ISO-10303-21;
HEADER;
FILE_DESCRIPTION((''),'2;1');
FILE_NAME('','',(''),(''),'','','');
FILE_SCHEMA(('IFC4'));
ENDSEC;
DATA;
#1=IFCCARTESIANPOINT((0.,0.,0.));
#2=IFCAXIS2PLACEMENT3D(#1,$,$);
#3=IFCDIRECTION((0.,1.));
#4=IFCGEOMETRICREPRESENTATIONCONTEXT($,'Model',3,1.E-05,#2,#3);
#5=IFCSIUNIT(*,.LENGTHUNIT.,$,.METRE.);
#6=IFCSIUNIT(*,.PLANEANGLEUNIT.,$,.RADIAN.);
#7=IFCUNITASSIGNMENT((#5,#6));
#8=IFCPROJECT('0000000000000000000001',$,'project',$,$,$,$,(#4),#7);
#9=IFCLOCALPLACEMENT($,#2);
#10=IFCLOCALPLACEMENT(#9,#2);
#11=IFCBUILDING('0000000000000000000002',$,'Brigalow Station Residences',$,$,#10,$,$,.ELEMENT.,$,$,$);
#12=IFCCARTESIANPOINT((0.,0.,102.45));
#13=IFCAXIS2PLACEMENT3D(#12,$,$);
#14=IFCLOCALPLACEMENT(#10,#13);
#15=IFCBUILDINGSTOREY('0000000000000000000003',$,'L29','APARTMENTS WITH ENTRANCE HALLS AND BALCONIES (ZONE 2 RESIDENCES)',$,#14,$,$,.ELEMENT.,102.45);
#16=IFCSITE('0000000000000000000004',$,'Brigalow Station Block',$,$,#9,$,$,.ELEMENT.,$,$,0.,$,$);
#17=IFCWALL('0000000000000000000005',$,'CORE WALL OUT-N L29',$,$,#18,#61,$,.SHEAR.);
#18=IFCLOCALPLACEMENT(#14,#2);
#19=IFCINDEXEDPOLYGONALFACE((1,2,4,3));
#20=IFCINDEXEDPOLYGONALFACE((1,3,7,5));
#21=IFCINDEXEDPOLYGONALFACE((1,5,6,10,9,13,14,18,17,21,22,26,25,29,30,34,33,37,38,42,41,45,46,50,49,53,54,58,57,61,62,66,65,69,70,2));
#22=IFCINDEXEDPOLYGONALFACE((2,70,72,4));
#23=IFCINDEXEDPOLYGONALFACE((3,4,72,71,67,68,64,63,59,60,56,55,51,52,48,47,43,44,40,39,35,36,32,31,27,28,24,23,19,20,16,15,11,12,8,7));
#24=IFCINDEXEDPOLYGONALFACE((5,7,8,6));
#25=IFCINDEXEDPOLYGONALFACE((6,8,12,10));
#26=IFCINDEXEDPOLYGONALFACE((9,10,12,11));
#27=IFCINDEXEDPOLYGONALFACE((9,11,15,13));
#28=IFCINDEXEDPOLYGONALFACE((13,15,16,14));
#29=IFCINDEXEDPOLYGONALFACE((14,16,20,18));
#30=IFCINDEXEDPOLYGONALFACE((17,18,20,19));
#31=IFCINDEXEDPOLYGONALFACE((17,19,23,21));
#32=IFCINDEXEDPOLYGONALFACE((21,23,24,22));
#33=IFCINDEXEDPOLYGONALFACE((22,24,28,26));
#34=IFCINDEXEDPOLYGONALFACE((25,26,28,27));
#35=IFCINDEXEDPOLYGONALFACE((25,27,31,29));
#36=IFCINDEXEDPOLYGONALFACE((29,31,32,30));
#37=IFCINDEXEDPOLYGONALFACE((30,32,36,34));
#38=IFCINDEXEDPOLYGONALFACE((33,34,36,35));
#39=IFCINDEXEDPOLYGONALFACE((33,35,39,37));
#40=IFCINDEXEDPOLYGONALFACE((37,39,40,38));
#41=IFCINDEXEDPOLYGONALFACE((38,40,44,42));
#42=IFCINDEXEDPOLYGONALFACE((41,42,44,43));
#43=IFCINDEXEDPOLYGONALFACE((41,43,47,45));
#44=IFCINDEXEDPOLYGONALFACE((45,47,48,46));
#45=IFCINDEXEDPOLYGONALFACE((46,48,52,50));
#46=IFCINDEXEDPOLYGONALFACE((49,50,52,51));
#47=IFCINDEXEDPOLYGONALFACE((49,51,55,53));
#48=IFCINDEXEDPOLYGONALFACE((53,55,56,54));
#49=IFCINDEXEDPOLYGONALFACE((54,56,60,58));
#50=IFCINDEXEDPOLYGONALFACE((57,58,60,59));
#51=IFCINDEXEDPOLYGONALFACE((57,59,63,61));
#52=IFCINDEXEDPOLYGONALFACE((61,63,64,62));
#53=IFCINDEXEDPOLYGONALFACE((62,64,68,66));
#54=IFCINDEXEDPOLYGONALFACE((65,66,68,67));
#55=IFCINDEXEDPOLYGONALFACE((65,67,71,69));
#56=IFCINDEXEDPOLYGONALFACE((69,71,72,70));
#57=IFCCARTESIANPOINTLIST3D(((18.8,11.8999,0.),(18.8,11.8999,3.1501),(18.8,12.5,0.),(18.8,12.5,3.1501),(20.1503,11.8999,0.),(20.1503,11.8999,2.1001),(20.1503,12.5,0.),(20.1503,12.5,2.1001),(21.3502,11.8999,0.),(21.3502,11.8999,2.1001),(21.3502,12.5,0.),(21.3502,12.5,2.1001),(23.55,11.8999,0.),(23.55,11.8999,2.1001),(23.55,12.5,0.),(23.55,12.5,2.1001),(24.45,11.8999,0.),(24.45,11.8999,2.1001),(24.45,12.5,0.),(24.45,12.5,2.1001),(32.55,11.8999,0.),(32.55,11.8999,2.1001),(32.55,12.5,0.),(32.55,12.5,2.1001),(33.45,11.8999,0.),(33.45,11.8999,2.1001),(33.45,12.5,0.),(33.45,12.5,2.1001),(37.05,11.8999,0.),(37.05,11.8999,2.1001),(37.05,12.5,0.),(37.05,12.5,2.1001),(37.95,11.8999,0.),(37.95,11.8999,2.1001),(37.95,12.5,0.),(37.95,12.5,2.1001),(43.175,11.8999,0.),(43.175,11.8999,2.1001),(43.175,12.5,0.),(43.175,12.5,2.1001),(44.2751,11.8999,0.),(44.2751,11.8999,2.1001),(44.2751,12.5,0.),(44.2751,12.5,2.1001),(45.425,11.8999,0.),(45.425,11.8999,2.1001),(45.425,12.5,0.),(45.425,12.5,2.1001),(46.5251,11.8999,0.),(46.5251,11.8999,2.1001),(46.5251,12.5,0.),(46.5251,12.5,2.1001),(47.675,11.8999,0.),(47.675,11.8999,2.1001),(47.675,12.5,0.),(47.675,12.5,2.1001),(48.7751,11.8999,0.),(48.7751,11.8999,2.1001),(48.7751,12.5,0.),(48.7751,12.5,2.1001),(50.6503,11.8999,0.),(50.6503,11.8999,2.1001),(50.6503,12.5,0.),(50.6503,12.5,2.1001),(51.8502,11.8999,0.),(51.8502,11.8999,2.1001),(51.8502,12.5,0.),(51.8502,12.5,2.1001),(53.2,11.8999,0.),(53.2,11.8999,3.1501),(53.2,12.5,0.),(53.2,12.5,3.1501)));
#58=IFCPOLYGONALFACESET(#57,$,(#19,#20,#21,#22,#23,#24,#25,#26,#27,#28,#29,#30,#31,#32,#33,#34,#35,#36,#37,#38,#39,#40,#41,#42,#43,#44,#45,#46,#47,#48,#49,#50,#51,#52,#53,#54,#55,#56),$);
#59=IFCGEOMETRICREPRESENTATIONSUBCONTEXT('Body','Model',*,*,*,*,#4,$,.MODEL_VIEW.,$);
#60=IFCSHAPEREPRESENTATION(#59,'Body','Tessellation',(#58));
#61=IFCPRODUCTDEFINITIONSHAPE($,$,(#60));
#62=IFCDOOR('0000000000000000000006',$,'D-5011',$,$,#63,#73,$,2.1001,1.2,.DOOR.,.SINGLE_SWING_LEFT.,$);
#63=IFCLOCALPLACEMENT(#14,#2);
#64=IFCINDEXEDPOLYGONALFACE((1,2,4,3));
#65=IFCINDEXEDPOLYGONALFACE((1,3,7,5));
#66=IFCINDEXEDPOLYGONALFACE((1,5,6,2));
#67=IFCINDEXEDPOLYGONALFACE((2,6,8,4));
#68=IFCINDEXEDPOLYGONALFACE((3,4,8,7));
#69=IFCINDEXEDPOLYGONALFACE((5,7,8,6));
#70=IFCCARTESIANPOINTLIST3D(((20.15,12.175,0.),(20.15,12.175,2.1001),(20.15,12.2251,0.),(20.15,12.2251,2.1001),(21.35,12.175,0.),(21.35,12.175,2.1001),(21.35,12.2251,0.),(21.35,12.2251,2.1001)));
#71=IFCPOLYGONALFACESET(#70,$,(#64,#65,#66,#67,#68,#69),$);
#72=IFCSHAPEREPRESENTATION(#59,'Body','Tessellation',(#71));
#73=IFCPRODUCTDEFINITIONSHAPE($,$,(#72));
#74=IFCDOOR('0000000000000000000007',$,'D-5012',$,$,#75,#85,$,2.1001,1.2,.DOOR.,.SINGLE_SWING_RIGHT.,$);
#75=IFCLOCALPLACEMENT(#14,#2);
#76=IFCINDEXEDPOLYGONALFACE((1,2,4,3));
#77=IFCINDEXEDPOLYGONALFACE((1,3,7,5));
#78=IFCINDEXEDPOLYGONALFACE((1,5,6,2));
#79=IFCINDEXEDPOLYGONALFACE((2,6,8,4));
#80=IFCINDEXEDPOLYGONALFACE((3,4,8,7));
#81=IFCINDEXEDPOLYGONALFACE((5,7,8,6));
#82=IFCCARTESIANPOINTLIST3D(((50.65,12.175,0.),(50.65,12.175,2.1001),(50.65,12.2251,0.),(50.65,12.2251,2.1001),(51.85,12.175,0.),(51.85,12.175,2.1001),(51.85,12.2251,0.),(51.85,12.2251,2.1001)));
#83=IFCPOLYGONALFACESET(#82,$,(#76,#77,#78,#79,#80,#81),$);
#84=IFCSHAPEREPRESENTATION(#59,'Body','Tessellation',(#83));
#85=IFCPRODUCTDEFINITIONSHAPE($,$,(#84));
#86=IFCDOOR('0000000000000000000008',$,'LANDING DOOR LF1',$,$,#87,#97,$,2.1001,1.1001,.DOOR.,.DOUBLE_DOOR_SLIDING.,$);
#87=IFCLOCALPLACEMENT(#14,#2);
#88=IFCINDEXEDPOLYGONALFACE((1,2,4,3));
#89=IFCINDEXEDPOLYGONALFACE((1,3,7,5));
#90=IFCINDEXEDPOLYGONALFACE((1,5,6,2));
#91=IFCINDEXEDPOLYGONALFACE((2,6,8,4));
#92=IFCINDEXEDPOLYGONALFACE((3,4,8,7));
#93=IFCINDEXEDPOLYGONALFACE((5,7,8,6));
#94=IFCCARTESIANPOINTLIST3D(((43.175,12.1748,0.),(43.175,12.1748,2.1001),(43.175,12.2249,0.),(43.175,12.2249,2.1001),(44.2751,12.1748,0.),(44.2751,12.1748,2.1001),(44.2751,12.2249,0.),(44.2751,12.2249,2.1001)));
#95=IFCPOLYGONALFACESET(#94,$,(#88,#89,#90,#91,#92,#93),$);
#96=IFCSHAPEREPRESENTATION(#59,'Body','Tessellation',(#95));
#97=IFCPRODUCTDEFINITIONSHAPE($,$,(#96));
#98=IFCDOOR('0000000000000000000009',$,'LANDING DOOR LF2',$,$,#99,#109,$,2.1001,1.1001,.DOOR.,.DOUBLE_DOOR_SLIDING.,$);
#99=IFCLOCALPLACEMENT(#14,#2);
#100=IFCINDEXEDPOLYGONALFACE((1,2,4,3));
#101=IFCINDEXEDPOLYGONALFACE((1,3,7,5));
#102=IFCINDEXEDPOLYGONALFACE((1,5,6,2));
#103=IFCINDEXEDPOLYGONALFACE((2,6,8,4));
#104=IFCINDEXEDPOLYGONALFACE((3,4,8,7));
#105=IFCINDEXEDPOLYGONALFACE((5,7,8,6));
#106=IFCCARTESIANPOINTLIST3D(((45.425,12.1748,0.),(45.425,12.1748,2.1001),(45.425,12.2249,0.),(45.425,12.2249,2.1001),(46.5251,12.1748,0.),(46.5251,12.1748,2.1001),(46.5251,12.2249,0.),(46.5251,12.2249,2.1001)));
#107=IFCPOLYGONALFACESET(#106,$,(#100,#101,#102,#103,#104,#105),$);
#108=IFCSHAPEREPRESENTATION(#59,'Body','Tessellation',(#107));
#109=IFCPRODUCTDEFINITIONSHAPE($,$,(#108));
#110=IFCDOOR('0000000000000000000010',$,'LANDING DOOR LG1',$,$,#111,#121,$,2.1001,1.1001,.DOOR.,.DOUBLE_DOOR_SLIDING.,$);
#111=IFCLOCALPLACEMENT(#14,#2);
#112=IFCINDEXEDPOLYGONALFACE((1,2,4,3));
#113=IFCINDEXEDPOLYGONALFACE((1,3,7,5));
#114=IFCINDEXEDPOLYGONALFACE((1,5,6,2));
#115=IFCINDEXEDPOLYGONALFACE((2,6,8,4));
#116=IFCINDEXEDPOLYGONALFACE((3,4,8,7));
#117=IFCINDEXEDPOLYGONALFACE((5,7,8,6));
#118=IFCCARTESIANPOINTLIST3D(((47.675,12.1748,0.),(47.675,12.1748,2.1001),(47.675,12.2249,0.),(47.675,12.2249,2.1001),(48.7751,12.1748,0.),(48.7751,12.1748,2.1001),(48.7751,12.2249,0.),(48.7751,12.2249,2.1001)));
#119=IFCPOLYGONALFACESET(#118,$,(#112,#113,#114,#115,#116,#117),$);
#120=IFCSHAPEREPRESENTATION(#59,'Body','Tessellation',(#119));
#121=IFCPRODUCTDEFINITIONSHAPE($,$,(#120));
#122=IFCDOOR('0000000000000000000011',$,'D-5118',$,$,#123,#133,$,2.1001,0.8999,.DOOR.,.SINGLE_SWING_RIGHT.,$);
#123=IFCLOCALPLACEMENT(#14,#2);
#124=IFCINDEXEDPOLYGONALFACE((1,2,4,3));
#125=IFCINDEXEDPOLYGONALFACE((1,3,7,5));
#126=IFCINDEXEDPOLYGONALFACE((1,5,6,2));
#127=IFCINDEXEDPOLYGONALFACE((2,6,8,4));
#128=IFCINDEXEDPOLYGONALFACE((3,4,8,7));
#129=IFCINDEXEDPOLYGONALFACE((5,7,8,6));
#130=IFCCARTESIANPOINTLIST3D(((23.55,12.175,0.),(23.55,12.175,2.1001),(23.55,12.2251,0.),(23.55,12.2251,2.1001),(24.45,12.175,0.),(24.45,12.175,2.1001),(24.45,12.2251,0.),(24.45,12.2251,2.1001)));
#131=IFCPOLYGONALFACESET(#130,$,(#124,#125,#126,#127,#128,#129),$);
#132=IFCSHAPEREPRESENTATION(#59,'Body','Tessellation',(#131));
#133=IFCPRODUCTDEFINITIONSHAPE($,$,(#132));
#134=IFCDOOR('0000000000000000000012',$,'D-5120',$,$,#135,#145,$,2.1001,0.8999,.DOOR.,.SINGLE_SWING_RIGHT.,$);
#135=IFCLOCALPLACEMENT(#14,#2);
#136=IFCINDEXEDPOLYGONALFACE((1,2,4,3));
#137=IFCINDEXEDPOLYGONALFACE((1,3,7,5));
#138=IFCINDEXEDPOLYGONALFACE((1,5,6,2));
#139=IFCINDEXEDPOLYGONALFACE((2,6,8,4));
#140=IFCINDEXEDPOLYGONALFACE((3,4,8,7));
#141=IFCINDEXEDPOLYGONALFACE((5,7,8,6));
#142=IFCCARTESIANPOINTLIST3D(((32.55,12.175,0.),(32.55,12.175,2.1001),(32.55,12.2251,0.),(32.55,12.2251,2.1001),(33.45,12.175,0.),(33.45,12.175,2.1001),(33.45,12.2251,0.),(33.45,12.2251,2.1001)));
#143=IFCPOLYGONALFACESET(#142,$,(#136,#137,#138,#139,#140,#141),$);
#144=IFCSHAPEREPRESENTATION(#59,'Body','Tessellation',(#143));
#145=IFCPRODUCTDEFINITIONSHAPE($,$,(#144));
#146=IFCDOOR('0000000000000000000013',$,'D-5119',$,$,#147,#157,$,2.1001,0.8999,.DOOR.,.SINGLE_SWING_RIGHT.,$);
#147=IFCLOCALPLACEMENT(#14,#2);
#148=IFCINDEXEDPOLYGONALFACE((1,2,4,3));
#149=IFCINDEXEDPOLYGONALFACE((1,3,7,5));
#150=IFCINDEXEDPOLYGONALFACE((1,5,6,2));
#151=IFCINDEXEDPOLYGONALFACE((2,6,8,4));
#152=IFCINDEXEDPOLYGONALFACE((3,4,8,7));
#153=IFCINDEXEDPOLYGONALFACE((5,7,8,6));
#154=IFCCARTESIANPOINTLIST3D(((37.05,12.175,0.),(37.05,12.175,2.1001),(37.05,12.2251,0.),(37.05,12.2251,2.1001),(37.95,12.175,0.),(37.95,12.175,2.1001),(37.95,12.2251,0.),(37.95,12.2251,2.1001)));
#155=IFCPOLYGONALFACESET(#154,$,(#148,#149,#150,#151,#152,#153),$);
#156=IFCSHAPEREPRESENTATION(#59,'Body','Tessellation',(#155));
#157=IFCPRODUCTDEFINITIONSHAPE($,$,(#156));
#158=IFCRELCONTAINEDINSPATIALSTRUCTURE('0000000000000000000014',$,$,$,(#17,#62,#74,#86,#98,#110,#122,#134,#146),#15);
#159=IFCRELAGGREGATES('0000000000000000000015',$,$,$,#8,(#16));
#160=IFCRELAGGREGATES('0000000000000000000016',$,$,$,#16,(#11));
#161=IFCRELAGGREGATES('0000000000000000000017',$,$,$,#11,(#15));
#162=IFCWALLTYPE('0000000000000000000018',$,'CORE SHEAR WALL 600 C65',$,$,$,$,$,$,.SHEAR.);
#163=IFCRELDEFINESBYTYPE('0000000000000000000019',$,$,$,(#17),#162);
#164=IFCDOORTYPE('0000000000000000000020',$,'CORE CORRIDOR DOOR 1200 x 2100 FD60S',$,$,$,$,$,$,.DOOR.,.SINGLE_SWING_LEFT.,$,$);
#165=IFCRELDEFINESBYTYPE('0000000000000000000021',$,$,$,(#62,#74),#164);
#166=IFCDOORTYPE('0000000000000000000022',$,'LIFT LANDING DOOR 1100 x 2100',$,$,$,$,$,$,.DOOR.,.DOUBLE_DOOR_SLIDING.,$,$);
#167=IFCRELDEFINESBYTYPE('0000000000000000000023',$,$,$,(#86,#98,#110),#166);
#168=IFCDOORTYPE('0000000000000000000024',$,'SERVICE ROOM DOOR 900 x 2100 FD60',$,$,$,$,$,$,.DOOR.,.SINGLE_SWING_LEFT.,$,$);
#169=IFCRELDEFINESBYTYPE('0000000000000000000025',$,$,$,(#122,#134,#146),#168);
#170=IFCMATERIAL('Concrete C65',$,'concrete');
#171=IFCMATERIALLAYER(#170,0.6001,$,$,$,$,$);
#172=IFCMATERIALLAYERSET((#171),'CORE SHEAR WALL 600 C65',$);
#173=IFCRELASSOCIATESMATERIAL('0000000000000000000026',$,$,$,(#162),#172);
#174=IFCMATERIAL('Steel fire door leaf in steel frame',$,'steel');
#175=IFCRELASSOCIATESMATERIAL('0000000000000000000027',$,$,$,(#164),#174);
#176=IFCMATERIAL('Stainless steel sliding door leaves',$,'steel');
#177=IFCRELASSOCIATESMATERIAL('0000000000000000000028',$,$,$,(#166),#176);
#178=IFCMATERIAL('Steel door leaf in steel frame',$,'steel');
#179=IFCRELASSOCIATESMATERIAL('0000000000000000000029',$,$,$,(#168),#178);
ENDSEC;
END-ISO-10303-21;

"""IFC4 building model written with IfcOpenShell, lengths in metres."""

from ifc_helpers import new_model, si_unit, direction, frame, frame_2d, origin, place, context, subcontext, project, spatial, rectangle, extrude, material, layer, layer_set, type_object, element, fill, save


model = new_model("IFC4")

# Units and contexts
model_context = context("Model", 3, precision=1e-05, world=origin(), true_north=direction((0.0, 1.0)))
body_context = subcontext(model_context, "Body", "Model", "MODEL_VIEW")
ifc_project = project(units=[si_unit("LENGTHUNIT", "METRE"), si_unit("PLANEANGLEUNIT", "RADIAN")], contexts=[model_context])

# Site, building, storey
site_placement = place(None, origin())
site = spatial("IfcSite", under=ifc_project, at=site_placement, Name="Brigalow Station Block", CompositionType="ELEMENT", RefElevation=0.0)
building_placement = place(site_placement, origin())
building = spatial("IfcBuilding", under=site, at=building_placement, Name="Brigalow Station Residences", CompositionType="ELEMENT")
storey_placement = place(building_placement, frame((0.0, 0.0, 102.45)))
storey = spatial("IfcBuildingStorey", under=building, at=storey_placement, Name="L29", Description="APARTMENTS WITH ENTRANCE HALLS AND BALCONIES (ZONE 2 RESIDENCES)", CompositionType="ELEMENT", Elevation=102.45)

# Wall, openings, doors
ifc_material_1 = material(Name="Concrete C65", Category="concrete")
ifc_layer_1 = layer(ifc_material_1, 0.6001)
ifc_layer_set_1 = layer_set([ifc_layer_1], Name="CORE SHEAR WALL 600 C65")
wall_type_1 = type_object("IfcWallType", Name="CORE SHEAR WALL 600 C65", PredefinedType="SHEAR", material=ifc_layer_set_1)
wall_1_placement = place(storey_placement, frame((18.8, 12.2, 0.0), z_axis=(0.0, 0.0, 1.0), x_axis=(1.0, 0.0, 0.0)))
wall_1 = element("IfcWall", 1, at=wall_1_placement, inside=storey, type_object=wall_type_1, Name="CORE WALL OUT-N L29", PredefinedType="SHEAR", context=body_context, shape_type="SweptSolid", body=[
    extrude(rectangle(XDim=34.3999, YDim=0.6001, at=frame_2d((17.2, 0.0))), origin(), (0.0, 0.0, 1.0), 3.1501),
])
opening_1_placement = place(wall_1_placement, frame((24.375, 0.0, 0.0)))
opening_1 = element("IfcOpeningElement", 2, at=opening_1_placement, cuts=wall_1, PredefinedType="OPENING", context=body_context, shape_type="SweptSolid", body=[
    extrude(rectangle(XDim=1.1001, YDim=2.1001, at=frame_2d((0.55, 1.05))), frame((0.0, 0.3101, 0.0), z_axis=(0.0, -1.0, 0.0), x_axis=(1.0, 0.0, 0.0)), (0.0, 0.0, 1.0), 0.6201),
])
opening_2_placement = place(wall_1_placement, frame((26.625, 0.0, 0.0)))
opening_2 = element("IfcOpeningElement", 3, at=opening_2_placement, cuts=wall_1, PredefinedType="OPENING", context=body_context, shape_type="SweptSolid", body=[
    extrude(rectangle(XDim=1.1001, YDim=2.1001, at=frame_2d((0.55, 1.05))), frame((0.0, 0.3101, 0.0), z_axis=(0.0, -1.0, 0.0), x_axis=(1.0, 0.0, 0.0)), (0.0, 0.0, 1.0), 0.6201),
])
opening_3_placement = place(wall_1_placement, frame((28.875, 0.0, 0.0)))
opening_3 = element("IfcOpeningElement", 4, at=opening_3_placement, cuts=wall_1, PredefinedType="OPENING", context=body_context, shape_type="SweptSolid", body=[
    extrude(rectangle(XDim=1.1001, YDim=2.1001, at=frame_2d((0.55, 1.05))), frame((0.0, 0.3101, 0.0), z_axis=(0.0, -1.0, 0.0), x_axis=(1.0, 0.0, 0.0)), (0.0, 0.0, 1.0), 0.6201),
])
opening_4_placement = place(wall_1_placement, frame((4.75, 0.0, 0.0)))
opening_4 = element("IfcOpeningElement", 5, at=opening_4_placement, cuts=wall_1, PredefinedType="OPENING", context=body_context, shape_type="SweptSolid", body=[
    extrude(rectangle(XDim=0.8999, YDim=2.1001, at=frame_2d((0.45, 1.05))), frame((0.0, 0.3101, 0.0), z_axis=(0.0, -1.0, 0.0), x_axis=(1.0, 0.0, 0.0)), (0.0, 0.0, 1.0), 0.6201),
])
opening_5_placement = place(wall_1_placement, frame((13.75, 0.0, 0.0)))
opening_5 = element("IfcOpeningElement", 6, at=opening_5_placement, cuts=wall_1, PredefinedType="OPENING", context=body_context, shape_type="SweptSolid", body=[
    extrude(rectangle(XDim=0.8999, YDim=2.1001, at=frame_2d((0.45, 1.05))), frame((0.0, 0.3101, 0.0), z_axis=(0.0, -1.0, 0.0), x_axis=(1.0, 0.0, 0.0)), (0.0, 0.0, 1.0), 0.6201),
])
opening_6_placement = place(wall_1_placement, frame((18.25, 0.0, 0.0)))
opening_6 = element("IfcOpeningElement", 7, at=opening_6_placement, cuts=wall_1, PredefinedType="OPENING", context=body_context, shape_type="SweptSolid", body=[
    extrude(rectangle(XDim=0.8999, YDim=2.1001, at=frame_2d((0.45, 1.05))), frame((0.0, 0.3101, 0.0), z_axis=(0.0, -1.0, 0.0), x_axis=(1.0, 0.0, 0.0)), (0.0, 0.0, 1.0), 0.6201),
])
opening_7_placement = place(wall_1_placement, frame((1.3501, 0.0, 0.0)))
opening_7 = element("IfcOpeningElement", 8, at=opening_7_placement, cuts=wall_1, PredefinedType="OPENING", context=body_context, shape_type="SweptSolid", body=[
    extrude(rectangle(XDim=1.2, YDim=2.1001, at=frame_2d((0.6001, 1.05))), frame((0.0, 0.3101, 0.0), z_axis=(0.0, -1.0, 0.0), x_axis=(1.0, 0.0, 0.0)), (0.0, 0.0, 1.0), 0.6201),
])
opening_8_placement = place(wall_1_placement, frame((31.8501, 0.0, 0.0)))
opening_8 = element("IfcOpeningElement", 9, at=opening_8_placement, cuts=wall_1, PredefinedType="OPENING", context=body_context, shape_type="SweptSolid", body=[
    extrude(rectangle(XDim=1.2, YDim=2.1001, at=frame_2d((0.6001, 1.05))), frame((0.0, 0.3101, 0.0), z_axis=(0.0, -1.0, 0.0), x_axis=(1.0, 0.0, 0.0)), (0.0, 0.0, 1.0), 0.6201),
])
ifc_material_2 = material(Name="Steel fire door leaf in steel frame", Category="steel")
door_type_1 = type_object("IfcDoorType", Name="CORE CORRIDOR DOOR 1200 x 2100 FD60S", OperationType="SINGLE_SWING_LEFT", PredefinedType="DOOR", material=ifc_material_2)
door_1_placement = place(opening_7_placement, frame((1.2, 0.0, 0.0), z_axis=(0.0, 0.0, 1.0), x_axis=(-1.0, 0.0, 0.0)))
door_1 = element("IfcDoor", 10, at=door_1_placement, inside=storey, type_object=door_type_1, Name="D-5011", OperationType="SINGLE_SWING_LEFT", OverallHeight=2.1001, OverallWidth=1.2, PredefinedType="DOOR", context=body_context, shape_type="SweptSolid", body=[
    extrude(rectangle(XDim=1.2, YDim=2.1001, at=frame_2d((0.6001, 1.05))), frame((0.0, 0.0249, 0.0), z_axis=(0.0, -1.0, 0.0), x_axis=(1.0, 0.0, 0.0)), (0.0, 0.0, 1.0), 0.05),
])
fill(opening_7, door_1)
door_2_placement = place(opening_8_placement, frame((1.2, 0.0, 0.0), z_axis=(0.0, 0.0, 1.0), x_axis=(-1.0, 0.0, 0.0)))
door_2 = element("IfcDoor", 11, at=door_2_placement, inside=storey, type_object=door_type_1, Name="D-5012", OperationType="SINGLE_SWING_RIGHT", OverallHeight=2.1001, OverallWidth=1.2, PredefinedType="DOOR", context=body_context, shape_type="SweptSolid", body=[
    extrude(rectangle(XDim=1.2, YDim=2.1001, at=frame_2d((0.6001, 1.05))), frame((0.0, 0.0249, 0.0), z_axis=(0.0, -1.0, 0.0), x_axis=(1.0, 0.0, 0.0)), (0.0, 0.0, 1.0), 0.05),
])
fill(opening_8, door_2)
ifc_material_3 = material(Name="Stainless steel sliding door leaves", Category="steel")
door_type_2 = type_object("IfcDoorType", Name="LIFT LANDING DOOR 1100 x 2100", OperationType="DOUBLE_DOOR_SLIDING", PredefinedType="DOOR", material=ifc_material_3)
door_3_placement = place(opening_1_placement, origin())
door_3 = element("IfcDoor", 12, at=door_3_placement, inside=storey, type_object=door_type_2, Name="LANDING DOOR LF1", OperationType="DOUBLE_DOOR_SLIDING", OverallHeight=2.1001, OverallWidth=1.1001, PredefinedType="DOOR", context=body_context, shape_type="SweptSolid", body=[
    extrude(rectangle(XDim=1.1001, YDim=2.1001, at=frame_2d((0.55, 1.05))), frame((0.0, 0.0249, 0.0), z_axis=(0.0, -1.0, 0.0), x_axis=(1.0, 0.0, 0.0)), (0.0, 0.0, 1.0), 0.05),
])
fill(opening_1, door_3)
door_4_placement = place(opening_2_placement, origin())
door_4 = element("IfcDoor", 13, at=door_4_placement, inside=storey, type_object=door_type_2, Name="LANDING DOOR LF2", OperationType="DOUBLE_DOOR_SLIDING", OverallHeight=2.1001, OverallWidth=1.1001, PredefinedType="DOOR", context=body_context, shape_type="SweptSolid", body=[
    extrude(rectangle(XDim=1.1001, YDim=2.1001, at=frame_2d((0.55, 1.05))), frame((0.0, 0.0249, 0.0), z_axis=(0.0, -1.0, 0.0), x_axis=(1.0, 0.0, 0.0)), (0.0, 0.0, 1.0), 0.05),
])
fill(opening_2, door_4)
door_5_placement = place(opening_3_placement, origin())
door_5 = element("IfcDoor", 14, at=door_5_placement, inside=storey, type_object=door_type_2, Name="LANDING DOOR LG1", OperationType="DOUBLE_DOOR_SLIDING", OverallHeight=2.1001, OverallWidth=1.1001, PredefinedType="DOOR", context=body_context, shape_type="SweptSolid", body=[
    extrude(rectangle(XDim=1.1001, YDim=2.1001, at=frame_2d((0.55, 1.05))), frame((0.0, 0.0249, 0.0), z_axis=(0.0, -1.0, 0.0), x_axis=(1.0, 0.0, 0.0)), (0.0, 0.0, 1.0), 0.05),
])
fill(opening_3, door_5)
ifc_material_4 = material(Name="Steel door leaf in steel frame", Category="steel")
door_type_3 = type_object("IfcDoorType", Name="SERVICE ROOM DOOR 900 x 2100 FD60", OperationType="SINGLE_SWING_LEFT", PredefinedType="DOOR", material=ifc_material_4)
door_6_placement = place(opening_4_placement, frame((0.8999, 0.0, 0.0), z_axis=(0.0, 0.0, 1.0), x_axis=(-1.0, 0.0, 0.0)))
door_6 = element("IfcDoor", 15, at=door_6_placement, inside=storey, type_object=door_type_3, Name="D-5118", OperationType="SINGLE_SWING_RIGHT", OverallHeight=2.1001, OverallWidth=0.8999, PredefinedType="DOOR", context=body_context, shape_type="SweptSolid", body=[
    extrude(rectangle(XDim=0.8999, YDim=2.1001, at=frame_2d((0.45, 1.05))), frame((0.0, 0.0249, 0.0), z_axis=(0.0, -1.0, 0.0), x_axis=(1.0, 0.0, 0.0)), (0.0, 0.0, 1.0), 0.05),
])
fill(opening_4, door_6)
door_7_placement = place(opening_5_placement, frame((0.8999, 0.0, 0.0), z_axis=(0.0, 0.0, 1.0), x_axis=(-1.0, 0.0, 0.0)))
door_7 = element("IfcDoor", 16, at=door_7_placement, inside=storey, type_object=door_type_3, Name="D-5120", OperationType="SINGLE_SWING_RIGHT", OverallHeight=2.1001, OverallWidth=0.8999, PredefinedType="DOOR", context=body_context, shape_type="SweptSolid", body=[
    extrude(rectangle(XDim=0.8999, YDim=2.1001, at=frame_2d((0.45, 1.05))), frame((0.0, 0.0249, 0.0), z_axis=(0.0, -1.0, 0.0), x_axis=(1.0, 0.0, 0.0)), (0.0, 0.0, 1.0), 0.05),
])
fill(opening_5, door_7)
door_8_placement = place(opening_6_placement, frame((0.8999, 0.0, 0.0), z_axis=(0.0, 0.0, 1.0), x_axis=(-1.0, 0.0, 0.0)))
door_8 = element("IfcDoor", 17, at=door_8_placement, inside=storey, type_object=door_type_3, Name="D-5119", OperationType="SINGLE_SWING_RIGHT", OverallHeight=2.1001, OverallWidth=0.8999, PredefinedType="DOOR", context=body_context, shape_type="SweptSolid", body=[
    extrude(rectangle(XDim=0.8999, YDim=2.1001, at=frame_2d((0.45, 1.05))), frame((0.0, 0.0249, 0.0), z_axis=(0.0, -1.0, 0.0), x_axis=(1.0, 0.0, 0.0)), (0.0, 0.0, 1.0), 0.05),
])
fill(opening_6, door_8)

save(model, "model.ifc")
